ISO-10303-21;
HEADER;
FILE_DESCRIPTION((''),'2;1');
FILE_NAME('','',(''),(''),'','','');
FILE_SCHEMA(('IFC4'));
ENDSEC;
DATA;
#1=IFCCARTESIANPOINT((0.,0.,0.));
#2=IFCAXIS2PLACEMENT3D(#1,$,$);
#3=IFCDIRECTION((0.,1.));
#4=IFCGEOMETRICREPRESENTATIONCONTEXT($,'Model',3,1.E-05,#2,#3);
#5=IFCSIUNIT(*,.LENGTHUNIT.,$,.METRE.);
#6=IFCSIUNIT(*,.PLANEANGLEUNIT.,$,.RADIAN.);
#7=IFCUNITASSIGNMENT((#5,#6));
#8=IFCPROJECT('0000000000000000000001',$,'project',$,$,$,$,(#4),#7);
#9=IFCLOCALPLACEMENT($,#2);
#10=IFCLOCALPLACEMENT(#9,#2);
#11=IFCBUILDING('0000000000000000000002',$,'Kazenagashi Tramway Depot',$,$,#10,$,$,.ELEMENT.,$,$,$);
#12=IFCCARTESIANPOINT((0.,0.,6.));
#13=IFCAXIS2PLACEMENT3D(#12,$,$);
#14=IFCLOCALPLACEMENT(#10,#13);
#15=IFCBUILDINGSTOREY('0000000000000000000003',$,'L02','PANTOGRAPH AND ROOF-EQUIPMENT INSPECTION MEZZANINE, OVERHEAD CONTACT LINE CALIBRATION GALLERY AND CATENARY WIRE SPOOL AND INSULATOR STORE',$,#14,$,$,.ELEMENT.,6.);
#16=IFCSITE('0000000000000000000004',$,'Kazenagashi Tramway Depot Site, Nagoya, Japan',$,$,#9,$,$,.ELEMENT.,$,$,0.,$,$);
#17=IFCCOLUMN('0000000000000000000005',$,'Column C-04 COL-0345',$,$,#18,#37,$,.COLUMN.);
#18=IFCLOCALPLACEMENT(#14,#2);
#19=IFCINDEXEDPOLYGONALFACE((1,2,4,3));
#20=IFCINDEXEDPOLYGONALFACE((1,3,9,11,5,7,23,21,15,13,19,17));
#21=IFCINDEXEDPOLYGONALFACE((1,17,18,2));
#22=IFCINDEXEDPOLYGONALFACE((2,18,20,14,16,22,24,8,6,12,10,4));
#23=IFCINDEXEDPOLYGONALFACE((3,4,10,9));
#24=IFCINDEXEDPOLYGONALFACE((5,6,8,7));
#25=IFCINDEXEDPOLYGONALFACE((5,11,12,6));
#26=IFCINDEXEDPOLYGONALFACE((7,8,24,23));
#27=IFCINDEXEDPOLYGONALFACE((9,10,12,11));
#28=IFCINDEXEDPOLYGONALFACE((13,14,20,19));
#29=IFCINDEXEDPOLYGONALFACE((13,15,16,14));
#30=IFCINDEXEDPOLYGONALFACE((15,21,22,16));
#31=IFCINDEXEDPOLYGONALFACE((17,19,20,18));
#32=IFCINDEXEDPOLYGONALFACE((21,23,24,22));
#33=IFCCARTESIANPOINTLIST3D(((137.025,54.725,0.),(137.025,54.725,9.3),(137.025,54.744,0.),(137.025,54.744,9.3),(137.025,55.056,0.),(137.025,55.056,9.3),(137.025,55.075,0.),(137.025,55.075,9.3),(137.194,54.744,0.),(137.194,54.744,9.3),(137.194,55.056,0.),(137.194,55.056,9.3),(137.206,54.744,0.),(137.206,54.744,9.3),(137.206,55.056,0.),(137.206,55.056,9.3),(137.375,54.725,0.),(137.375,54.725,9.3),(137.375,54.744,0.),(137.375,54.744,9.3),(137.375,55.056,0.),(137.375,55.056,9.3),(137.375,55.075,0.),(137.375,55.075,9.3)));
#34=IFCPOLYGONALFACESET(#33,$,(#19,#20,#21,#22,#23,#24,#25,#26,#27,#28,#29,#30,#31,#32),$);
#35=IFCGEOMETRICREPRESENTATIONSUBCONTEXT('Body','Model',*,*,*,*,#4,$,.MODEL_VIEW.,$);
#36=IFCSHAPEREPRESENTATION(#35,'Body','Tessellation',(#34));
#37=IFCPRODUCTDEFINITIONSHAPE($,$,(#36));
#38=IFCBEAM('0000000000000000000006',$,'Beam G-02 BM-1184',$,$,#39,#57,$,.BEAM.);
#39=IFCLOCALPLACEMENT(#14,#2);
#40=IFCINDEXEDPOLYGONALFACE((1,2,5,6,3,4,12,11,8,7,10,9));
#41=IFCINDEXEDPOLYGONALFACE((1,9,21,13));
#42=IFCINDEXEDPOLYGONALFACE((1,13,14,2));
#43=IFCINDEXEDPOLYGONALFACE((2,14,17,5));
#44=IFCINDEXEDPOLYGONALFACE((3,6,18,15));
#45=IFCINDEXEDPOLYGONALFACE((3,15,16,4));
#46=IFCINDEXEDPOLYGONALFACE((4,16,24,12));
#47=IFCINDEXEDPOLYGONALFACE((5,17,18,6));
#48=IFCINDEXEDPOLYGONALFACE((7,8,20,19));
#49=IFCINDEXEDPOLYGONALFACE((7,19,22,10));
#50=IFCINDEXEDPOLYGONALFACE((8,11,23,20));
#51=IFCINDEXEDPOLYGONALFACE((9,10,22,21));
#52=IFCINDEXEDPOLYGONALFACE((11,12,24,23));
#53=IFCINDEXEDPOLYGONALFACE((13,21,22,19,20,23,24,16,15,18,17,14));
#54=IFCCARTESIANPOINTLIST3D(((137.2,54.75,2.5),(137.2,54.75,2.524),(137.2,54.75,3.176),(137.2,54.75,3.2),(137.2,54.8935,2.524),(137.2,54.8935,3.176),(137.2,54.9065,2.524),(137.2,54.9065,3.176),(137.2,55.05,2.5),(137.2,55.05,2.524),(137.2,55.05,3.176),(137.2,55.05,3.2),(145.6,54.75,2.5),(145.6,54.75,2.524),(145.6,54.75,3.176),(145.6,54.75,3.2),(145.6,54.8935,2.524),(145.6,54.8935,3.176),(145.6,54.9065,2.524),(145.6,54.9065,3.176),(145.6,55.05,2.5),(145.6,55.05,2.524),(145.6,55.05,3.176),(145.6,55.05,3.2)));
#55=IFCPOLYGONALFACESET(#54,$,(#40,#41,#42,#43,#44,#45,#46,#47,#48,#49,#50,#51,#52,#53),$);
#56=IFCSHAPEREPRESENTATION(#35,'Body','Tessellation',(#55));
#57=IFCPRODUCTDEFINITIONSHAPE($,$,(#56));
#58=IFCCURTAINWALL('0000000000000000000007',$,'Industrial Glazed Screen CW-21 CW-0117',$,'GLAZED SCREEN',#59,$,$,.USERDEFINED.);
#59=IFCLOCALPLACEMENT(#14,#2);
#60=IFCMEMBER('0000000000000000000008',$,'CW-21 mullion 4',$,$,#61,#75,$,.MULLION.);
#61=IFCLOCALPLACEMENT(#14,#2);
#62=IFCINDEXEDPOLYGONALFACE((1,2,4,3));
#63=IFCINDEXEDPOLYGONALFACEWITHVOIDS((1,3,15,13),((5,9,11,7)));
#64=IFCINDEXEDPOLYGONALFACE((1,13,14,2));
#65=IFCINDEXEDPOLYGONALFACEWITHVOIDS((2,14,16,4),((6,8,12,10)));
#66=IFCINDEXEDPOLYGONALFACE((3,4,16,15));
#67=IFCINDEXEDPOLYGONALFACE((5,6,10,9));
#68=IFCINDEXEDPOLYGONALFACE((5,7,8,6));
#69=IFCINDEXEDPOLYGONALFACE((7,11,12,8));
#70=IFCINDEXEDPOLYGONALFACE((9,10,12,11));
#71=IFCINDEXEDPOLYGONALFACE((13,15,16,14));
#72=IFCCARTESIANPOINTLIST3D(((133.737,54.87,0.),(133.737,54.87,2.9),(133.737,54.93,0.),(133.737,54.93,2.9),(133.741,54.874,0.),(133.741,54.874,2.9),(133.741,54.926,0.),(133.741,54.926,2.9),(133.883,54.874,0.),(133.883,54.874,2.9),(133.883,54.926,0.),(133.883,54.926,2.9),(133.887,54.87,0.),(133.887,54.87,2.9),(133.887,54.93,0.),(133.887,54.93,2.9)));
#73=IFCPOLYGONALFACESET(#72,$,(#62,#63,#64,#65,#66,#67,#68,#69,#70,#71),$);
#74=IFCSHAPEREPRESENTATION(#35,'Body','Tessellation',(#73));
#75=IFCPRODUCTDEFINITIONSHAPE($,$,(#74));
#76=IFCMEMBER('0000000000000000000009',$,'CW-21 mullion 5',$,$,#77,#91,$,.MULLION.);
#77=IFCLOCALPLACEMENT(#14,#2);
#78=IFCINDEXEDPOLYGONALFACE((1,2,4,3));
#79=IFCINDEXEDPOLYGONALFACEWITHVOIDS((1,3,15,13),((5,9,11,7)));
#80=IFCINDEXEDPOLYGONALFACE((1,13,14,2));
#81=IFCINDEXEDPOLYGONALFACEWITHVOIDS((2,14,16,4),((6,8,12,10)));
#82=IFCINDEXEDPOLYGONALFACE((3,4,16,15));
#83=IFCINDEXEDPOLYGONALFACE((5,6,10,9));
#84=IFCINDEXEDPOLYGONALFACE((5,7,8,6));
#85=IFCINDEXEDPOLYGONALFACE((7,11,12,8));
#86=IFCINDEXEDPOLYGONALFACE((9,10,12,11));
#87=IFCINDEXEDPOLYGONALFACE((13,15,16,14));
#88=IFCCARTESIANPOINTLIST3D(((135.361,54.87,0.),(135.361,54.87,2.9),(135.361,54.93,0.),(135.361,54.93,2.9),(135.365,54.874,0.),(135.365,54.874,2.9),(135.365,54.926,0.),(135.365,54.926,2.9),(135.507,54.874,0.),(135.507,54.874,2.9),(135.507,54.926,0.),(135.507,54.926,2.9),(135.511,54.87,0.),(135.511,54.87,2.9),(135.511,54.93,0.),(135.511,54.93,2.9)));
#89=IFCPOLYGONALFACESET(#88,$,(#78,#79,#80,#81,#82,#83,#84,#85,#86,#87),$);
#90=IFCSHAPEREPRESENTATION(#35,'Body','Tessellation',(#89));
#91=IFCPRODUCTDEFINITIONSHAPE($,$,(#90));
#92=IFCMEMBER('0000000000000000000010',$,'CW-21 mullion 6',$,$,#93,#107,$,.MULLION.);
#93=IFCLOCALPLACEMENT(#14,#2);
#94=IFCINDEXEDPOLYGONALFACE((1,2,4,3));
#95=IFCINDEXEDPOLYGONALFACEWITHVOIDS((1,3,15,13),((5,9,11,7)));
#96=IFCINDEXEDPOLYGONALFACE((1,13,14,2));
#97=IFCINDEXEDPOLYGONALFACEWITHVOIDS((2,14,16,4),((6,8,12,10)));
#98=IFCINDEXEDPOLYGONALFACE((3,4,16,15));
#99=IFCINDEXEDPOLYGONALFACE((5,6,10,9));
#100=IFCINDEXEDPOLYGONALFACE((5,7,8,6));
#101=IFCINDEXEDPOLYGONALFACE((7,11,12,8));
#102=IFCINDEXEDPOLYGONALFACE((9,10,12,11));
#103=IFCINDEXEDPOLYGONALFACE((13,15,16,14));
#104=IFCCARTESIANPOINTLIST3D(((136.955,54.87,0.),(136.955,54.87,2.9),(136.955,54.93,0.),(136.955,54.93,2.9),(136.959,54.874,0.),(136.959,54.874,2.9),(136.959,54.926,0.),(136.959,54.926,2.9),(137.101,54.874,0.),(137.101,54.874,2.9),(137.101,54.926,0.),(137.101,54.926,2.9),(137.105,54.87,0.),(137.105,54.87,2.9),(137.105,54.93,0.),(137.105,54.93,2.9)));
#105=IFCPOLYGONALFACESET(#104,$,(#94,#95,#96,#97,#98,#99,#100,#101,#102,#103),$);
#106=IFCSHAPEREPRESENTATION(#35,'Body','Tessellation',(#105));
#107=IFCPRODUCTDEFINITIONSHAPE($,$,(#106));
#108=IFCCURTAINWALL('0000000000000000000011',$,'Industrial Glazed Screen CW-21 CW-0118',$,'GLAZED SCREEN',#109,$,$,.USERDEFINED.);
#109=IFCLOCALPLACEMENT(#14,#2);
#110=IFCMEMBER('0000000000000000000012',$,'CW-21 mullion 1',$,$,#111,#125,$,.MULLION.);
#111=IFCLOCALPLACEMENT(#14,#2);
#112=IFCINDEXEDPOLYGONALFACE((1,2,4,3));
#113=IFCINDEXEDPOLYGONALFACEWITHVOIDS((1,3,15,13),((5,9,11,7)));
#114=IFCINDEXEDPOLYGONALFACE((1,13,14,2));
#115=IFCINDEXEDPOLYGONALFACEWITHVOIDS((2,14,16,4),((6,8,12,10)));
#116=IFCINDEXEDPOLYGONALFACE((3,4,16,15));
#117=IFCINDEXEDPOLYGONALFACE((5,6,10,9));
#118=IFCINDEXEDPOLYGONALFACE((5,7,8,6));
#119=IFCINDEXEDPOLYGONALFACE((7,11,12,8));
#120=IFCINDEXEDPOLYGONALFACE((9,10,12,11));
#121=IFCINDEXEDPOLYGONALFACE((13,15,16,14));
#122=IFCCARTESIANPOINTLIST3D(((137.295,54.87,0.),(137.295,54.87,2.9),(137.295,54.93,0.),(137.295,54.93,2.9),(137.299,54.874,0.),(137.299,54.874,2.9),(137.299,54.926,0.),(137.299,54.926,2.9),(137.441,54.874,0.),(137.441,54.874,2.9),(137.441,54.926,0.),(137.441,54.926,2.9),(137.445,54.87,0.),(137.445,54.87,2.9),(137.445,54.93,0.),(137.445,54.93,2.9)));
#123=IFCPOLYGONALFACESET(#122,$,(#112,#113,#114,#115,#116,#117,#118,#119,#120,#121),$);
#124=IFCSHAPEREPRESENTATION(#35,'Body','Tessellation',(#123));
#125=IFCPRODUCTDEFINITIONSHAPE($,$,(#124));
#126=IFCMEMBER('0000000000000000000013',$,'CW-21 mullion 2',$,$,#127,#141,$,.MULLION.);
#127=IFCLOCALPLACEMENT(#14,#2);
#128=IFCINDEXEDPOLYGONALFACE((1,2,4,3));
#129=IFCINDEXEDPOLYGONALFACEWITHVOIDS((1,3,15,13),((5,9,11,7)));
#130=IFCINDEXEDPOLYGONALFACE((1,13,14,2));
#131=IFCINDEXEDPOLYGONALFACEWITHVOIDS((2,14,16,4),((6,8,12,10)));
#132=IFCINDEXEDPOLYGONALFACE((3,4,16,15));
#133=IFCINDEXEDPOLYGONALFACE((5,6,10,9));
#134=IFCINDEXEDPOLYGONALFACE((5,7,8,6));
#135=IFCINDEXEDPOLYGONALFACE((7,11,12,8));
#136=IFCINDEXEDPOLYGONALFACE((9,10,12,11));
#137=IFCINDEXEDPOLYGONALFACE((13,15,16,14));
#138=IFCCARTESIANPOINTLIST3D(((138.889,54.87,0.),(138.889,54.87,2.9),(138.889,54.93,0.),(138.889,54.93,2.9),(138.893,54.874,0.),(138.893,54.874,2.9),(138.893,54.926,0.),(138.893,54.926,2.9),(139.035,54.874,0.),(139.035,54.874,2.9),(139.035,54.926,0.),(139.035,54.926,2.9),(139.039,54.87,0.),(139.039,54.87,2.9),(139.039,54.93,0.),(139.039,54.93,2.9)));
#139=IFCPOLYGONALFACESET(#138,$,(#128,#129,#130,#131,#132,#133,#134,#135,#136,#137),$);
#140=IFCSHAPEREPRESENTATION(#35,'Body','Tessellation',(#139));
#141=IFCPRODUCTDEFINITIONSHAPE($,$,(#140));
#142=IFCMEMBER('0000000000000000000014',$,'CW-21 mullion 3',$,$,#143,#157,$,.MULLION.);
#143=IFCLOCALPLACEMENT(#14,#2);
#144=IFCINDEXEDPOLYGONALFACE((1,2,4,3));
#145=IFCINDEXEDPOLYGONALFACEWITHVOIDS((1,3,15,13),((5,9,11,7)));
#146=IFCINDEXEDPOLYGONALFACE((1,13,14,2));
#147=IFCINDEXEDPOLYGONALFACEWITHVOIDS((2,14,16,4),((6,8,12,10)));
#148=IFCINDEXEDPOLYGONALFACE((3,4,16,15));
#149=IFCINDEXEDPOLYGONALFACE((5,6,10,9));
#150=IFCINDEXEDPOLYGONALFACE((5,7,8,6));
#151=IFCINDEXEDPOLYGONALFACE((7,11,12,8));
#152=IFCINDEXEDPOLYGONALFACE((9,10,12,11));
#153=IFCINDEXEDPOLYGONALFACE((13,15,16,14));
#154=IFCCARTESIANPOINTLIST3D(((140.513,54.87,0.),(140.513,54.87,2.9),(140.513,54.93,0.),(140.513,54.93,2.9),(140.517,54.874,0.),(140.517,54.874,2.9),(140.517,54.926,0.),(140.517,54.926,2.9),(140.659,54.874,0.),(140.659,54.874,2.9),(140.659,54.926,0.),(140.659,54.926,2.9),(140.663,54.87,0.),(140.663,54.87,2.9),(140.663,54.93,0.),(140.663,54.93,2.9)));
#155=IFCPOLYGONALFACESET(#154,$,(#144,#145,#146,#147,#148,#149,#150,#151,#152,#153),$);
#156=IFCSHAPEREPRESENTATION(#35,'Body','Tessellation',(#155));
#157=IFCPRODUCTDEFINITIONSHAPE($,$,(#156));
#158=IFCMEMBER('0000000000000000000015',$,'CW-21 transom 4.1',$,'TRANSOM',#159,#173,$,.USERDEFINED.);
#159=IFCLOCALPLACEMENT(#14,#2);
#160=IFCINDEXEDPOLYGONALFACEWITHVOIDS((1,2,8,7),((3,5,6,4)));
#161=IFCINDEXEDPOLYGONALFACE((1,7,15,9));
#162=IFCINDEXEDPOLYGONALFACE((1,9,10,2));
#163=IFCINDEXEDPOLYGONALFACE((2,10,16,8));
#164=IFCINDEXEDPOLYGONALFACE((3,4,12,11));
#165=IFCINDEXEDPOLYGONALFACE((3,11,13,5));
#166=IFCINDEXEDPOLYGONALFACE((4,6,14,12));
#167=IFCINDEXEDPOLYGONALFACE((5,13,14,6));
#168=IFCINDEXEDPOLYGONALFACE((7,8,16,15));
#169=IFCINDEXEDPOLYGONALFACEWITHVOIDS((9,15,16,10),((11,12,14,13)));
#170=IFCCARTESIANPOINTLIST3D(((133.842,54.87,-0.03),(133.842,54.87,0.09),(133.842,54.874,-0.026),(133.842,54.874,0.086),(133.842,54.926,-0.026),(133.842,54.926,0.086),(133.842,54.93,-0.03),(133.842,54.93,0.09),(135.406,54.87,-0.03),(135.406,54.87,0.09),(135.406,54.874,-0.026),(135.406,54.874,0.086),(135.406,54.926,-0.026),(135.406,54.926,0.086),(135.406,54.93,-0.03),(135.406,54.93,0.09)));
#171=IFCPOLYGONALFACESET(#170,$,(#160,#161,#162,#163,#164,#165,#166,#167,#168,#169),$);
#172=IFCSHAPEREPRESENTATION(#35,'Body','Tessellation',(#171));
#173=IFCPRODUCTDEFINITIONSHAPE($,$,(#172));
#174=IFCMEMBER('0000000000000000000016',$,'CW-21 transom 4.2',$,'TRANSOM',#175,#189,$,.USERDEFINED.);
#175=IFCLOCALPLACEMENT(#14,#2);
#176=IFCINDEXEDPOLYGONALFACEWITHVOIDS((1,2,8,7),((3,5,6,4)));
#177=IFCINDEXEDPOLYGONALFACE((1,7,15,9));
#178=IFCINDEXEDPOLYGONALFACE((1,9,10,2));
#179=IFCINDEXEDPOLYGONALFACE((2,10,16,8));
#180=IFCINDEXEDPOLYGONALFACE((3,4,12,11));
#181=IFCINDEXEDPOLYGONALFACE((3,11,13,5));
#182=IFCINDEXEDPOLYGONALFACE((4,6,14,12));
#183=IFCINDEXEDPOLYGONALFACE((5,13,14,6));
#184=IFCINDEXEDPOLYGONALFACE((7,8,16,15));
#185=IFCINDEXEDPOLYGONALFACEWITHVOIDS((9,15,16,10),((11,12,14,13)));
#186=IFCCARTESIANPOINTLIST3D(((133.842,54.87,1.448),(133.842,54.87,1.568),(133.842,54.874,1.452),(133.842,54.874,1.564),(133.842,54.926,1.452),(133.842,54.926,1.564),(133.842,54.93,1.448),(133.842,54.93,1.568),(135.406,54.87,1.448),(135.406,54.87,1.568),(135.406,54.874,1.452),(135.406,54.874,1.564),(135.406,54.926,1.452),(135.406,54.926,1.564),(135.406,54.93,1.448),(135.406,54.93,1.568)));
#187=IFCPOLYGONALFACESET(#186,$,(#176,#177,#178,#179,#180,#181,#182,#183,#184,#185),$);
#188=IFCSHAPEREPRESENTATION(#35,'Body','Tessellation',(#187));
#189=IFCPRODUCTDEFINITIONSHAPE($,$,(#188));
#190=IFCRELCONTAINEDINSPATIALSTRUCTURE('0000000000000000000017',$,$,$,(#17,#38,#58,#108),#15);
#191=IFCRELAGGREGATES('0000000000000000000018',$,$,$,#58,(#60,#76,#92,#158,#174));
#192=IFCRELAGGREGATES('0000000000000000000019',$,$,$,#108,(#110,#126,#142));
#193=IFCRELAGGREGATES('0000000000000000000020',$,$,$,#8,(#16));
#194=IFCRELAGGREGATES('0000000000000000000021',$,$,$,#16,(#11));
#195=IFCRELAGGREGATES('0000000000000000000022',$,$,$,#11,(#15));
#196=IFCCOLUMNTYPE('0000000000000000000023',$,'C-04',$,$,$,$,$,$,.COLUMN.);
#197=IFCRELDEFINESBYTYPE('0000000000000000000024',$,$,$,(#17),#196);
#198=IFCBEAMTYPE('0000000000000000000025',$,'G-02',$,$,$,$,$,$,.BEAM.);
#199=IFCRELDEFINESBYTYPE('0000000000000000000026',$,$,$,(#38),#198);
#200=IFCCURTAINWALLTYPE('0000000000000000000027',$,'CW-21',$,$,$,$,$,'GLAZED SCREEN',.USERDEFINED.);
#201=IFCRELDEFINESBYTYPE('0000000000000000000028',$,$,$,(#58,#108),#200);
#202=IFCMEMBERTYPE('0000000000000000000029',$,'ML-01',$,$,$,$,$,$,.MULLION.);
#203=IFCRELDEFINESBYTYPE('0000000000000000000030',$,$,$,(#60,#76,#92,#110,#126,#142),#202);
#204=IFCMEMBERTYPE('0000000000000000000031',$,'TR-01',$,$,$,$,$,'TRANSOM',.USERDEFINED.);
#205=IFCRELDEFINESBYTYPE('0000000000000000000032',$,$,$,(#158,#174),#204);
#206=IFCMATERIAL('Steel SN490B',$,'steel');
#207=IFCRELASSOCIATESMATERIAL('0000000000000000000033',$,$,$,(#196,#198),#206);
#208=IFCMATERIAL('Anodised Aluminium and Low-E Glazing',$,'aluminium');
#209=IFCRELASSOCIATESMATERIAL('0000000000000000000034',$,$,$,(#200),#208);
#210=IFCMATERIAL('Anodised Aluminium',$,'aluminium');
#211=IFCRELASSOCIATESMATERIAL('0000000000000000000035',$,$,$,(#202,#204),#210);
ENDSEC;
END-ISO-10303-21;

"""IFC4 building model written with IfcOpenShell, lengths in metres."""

from ifc_helpers import new_model, si_unit, direction, frame, origin, origin_2d, place, context, subcontext, project, spatial, hollow_rectangle, i_section, extrude, material, material_profile, profile_set, type_object, element, aggregate, save


model = new_model("IFC4")

# Units and contexts
model_context = context("Model", 3, precision=1e-05, world=origin(), true_north=direction((0.0, 1.0)))
body_context = subcontext(model_context, "Body", "Model", "MODEL_VIEW")
ifc_project = project(units=[si_unit("LENGTHUNIT", "METRE"), si_unit("PLANEANGLEUNIT", "RADIAN")], contexts=[model_context])

# Site, building, storey
site_placement = place(None, origin())
site = spatial("IfcSite", under=ifc_project, at=site_placement, Name="Kazenagashi Tramway Depot Site, Nagoya, Japan", CompositionType="ELEMENT", RefElevation=0.0)
building_placement = place(site_placement, origin())
building = spatial("IfcBuilding", under=site, at=building_placement, Name="Kazenagashi Tramway Depot", CompositionType="ELEMENT")
storey_placement = place(building_placement, frame((0.0, 0.0, 6.0)))
storey = spatial("IfcBuildingStorey", under=building, at=storey_placement, Name="L02", Description="PANTOGRAPH AND ROOF-EQUIPMENT INSPECTION MEZZANINE, OVERHEAD CONTACT LINE CALIBRATION GALLERY AND CATENARY WIRE SPOOL AND INSULATOR STORE", CompositionType="ELEMENT", Elevation=6.0)

# Column
ifc_material_1 = material(Name="Steel SN490B", Category="steel")
ifc_material_profile_1 = material_profile(ifc_material_1, i_section(OverallWidth=0.35, OverallDepth=0.35, WebThickness=0.012, FlangeThickness=0.019, at=origin_2d()), Name="H-350x350x12x19")
ifc_profile_set_1 = profile_set([ifc_material_profile_1], Name="Steel SN490B")
column_type = type_object("IfcColumnType", Name="C-04", PredefinedType="COLUMN", material=ifc_profile_set_1)
column_placement = place(storey_placement, frame((137.2, 54.9, 0.0), z_axis=(0.0, 0.0, 1.0), x_axis=(1.0, 0.0, 0.0)))
element("IfcColumn", 1, at=column_placement, inside=storey, type_object=column_type, Name="Column C-04 COL-0345", PredefinedType="COLUMN", context=body_context, shape_type="SweptSolid", body=[
    extrude(i_section(OverallWidth=0.35, OverallDepth=0.35, WebThickness=0.012, FlangeThickness=0.019, at=origin_2d()), origin(), (0.0, 0.0, 1.0), 9.3),
])

# Beam
ifc_material_profile_2 = material_profile(ifc_material_1, i_section(OverallWidth=0.3, OverallDepth=0.7, WebThickness=0.013, FlangeThickness=0.024, at=origin_2d()), Name="H-700x300x13x24")
ifc_profile_set_2 = profile_set([ifc_material_profile_2], Name="Steel SN490B")
beam_type = type_object("IfcBeamType", Name="G-02", PredefinedType="BEAM", material=ifc_profile_set_2)
beam_placement = place(storey_placement, frame((137.2, 54.9, 2.85), z_axis=(1.0, 0.0, 0.0), x_axis=(0.0, 1.0, 0.0)))
element("IfcBeam", 2, at=beam_placement, inside=storey, type_object=beam_type, Name="Beam G-02 BM-1184", PredefinedType="BEAM", context=body_context, shape_type="SweptSolid", body=[
    extrude(i_section(OverallWidth=0.3, OverallDepth=0.7, WebThickness=0.013, FlangeThickness=0.024, at=origin_2d()), origin(), (0.0, 0.0, 1.0), 8.4),
])

# Curtain walls, members
ifc_material_2 = material(Name="Anodised Aluminium and Low-E Glazing", Category="aluminium")
curtain_wall_type = type_object("IfcCurtainWallType", Name="CW-21", ElementType="GLAZED SCREEN", PredefinedType="USERDEFINED", material=ifc_material_2)
curtain_wall_1_placement = place(storey_placement, origin())
curtain_wall_1 = element("IfcCurtainWall", 3, at=curtain_wall_1_placement, inside=storey, type_object=curtain_wall_type, Name="Industrial Glazed Screen CW-21 CW-0117", ObjectType="GLAZED SCREEN", PredefinedType="USERDEFINED")
ifc_material_3 = material(Name="Anodised Aluminium", Category="aluminium")
ifc_material_profile_3 = material_profile(ifc_material_3, hollow_rectangle(XDim=0.06, YDim=0.15, WallThickness=0.004, at=origin_2d()), Name="RHS-150x60x4")
ifc_profile_set_3 = profile_set([ifc_material_profile_3], Name="Anodised Aluminium")
member_type_1 = type_object("IfcMemberType", Name="ML-01", PredefinedType="MULLION", material=ifc_profile_set_3)
member_1_placement = place(storey_placement, frame((133.812, 54.9, 0.0), z_axis=(0.0, 0.0, 1.0), x_axis=(0.0, 1.0, 0.0)))
member_1 = element("IfcMember", 4, at=member_1_placement, type_object=member_type_1, Name="CW-21 mullion 4", PredefinedType="MULLION", context=body_context, shape_type="SweptSolid", body=[
    extrude(hollow_rectangle(XDim=0.06, YDim=0.15, WallThickness=0.004, at=origin_2d()), origin(), (0.0, 0.0, 1.0), 2.9),
])
member_2_placement = place(storey_placement, frame((135.436, 54.9, 0.0), z_axis=(0.0, 0.0, 1.0), x_axis=(0.0, 1.0, 0.0)))
member_2 = element("IfcMember", 5, at=member_2_placement, type_object=member_type_1, Name="CW-21 mullion 5", PredefinedType="MULLION", context=body_context, shape_type="SweptSolid", body=[
    extrude(hollow_rectangle(XDim=0.06, YDim=0.15, WallThickness=0.004, at=origin_2d()), origin(), (0.0, 0.0, 1.0), 2.9),
])
member_3_placement = place(storey_placement, frame((137.03, 54.9, 0.0), z_axis=(0.0, 0.0, 1.0), x_axis=(0.0, 1.0, 0.0)))
member_3 = element("IfcMember", 6, at=member_3_placement, type_object=member_type_1, Name="CW-21 mullion 6", PredefinedType="MULLION", context=body_context, shape_type="SweptSolid", body=[
    extrude(hollow_rectangle(XDim=0.06, YDim=0.15, WallThickness=0.004, at=origin_2d()), origin(), (0.0, 0.0, 1.0), 2.9),
])
curtain_wall_2_placement = place(storey_placement, origin())
curtain_wall_2 = element("IfcCurtainWall", 7, at=curtain_wall_2_placement, inside=storey, type_object=curtain_wall_type, Name="Industrial Glazed Screen CW-21 CW-0118", ObjectType="GLAZED SCREEN", PredefinedType="USERDEFINED")
member_4_placement = place(storey_placement, frame((137.37, 54.9, 0.0), z_axis=(0.0, 0.0, 1.0), x_axis=(0.0, 1.0, 0.0)))
member_4 = element("IfcMember", 8, at=member_4_placement, type_object=member_type_1, Name="CW-21 mullion 1", PredefinedType="MULLION", context=body_context, shape_type="SweptSolid", body=[
    extrude(hollow_rectangle(XDim=0.06, YDim=0.15, WallThickness=0.004, at=origin_2d()), origin(), (0.0, 0.0, 1.0), 2.9),
])
member_5_placement = place(storey_placement, frame((138.964, 54.9, 0.0), z_axis=(0.0, 0.0, 1.0), x_axis=(0.0, 1.0, 0.0)))
member_5 = element("IfcMember", 9, at=member_5_placement, type_object=member_type_1, Name="CW-21 mullion 2", PredefinedType="MULLION", context=body_context, shape_type="SweptSolid", body=[
    extrude(hollow_rectangle(XDim=0.06, YDim=0.15, WallThickness=0.004, at=origin_2d()), origin(), (0.0, 0.0, 1.0), 2.9),
])
member_6_placement = place(storey_placement, frame((140.588, 54.9, 0.0), z_axis=(0.0, 0.0, 1.0), x_axis=(0.0, 1.0, 0.0)))
member_6 = element("IfcMember", 10, at=member_6_placement, type_object=member_type_1, Name="CW-21 mullion 3", PredefinedType="MULLION", context=body_context, shape_type="SweptSolid", body=[
    extrude(hollow_rectangle(XDim=0.06, YDim=0.15, WallThickness=0.004, at=origin_2d()), origin(), (0.0, 0.0, 1.0), 2.9),
])

# Members
ifc_material_profile_4 = material_profile(ifc_material_3, hollow_rectangle(XDim=0.06, YDim=0.12, WallThickness=0.004, at=origin_2d()), Name="RHS-120x60x4")
ifc_profile_set_4 = profile_set([ifc_material_profile_4], Name="Anodised Aluminium")
member_type_2 = type_object("IfcMemberType", Name="TR-01", ElementType="TRANSOM", PredefinedType="USERDEFINED", material=ifc_profile_set_4)
member_7_placement = place(storey_placement, frame((133.842, 54.9, 0.03), z_axis=(1.0, 0.0, 0.0), x_axis=(0.0, 1.0, 0.0)))
member_7 = element("IfcMember", 11, at=member_7_placement, type_object=member_type_2, Name="CW-21 transom 4.1", ObjectType="TRANSOM", PredefinedType="USERDEFINED", context=body_context, shape_type="SweptSolid", body=[
    extrude(hollow_rectangle(XDim=0.06, YDim=0.12, WallThickness=0.004, at=origin_2d()), origin(), (0.0, 0.0, 1.0), 1.564),
])
member_8_placement = place(storey_placement, frame((133.842, 54.9, 1.508), z_axis=(1.0, 0.0, 0.0), x_axis=(0.0, 1.0, 0.0)))
member_8 = element("IfcMember", 12, at=member_8_placement, type_object=member_type_2, Name="CW-21 transom 4.2", ObjectType="TRANSOM", PredefinedType="USERDEFINED", context=body_context, shape_type="SweptSolid", body=[
    extrude(hollow_rectangle(XDim=0.06, YDim=0.12, WallThickness=0.004, at=origin_2d()), origin(), (0.0, 0.0, 1.0), 1.564),
])

aggregate(curtain_wall_1, [member_1, member_2, member_3, member_7, member_8])
aggregate(curtain_wall_2, [member_4, member_5, member_6])

save(model, "model.ifc")
